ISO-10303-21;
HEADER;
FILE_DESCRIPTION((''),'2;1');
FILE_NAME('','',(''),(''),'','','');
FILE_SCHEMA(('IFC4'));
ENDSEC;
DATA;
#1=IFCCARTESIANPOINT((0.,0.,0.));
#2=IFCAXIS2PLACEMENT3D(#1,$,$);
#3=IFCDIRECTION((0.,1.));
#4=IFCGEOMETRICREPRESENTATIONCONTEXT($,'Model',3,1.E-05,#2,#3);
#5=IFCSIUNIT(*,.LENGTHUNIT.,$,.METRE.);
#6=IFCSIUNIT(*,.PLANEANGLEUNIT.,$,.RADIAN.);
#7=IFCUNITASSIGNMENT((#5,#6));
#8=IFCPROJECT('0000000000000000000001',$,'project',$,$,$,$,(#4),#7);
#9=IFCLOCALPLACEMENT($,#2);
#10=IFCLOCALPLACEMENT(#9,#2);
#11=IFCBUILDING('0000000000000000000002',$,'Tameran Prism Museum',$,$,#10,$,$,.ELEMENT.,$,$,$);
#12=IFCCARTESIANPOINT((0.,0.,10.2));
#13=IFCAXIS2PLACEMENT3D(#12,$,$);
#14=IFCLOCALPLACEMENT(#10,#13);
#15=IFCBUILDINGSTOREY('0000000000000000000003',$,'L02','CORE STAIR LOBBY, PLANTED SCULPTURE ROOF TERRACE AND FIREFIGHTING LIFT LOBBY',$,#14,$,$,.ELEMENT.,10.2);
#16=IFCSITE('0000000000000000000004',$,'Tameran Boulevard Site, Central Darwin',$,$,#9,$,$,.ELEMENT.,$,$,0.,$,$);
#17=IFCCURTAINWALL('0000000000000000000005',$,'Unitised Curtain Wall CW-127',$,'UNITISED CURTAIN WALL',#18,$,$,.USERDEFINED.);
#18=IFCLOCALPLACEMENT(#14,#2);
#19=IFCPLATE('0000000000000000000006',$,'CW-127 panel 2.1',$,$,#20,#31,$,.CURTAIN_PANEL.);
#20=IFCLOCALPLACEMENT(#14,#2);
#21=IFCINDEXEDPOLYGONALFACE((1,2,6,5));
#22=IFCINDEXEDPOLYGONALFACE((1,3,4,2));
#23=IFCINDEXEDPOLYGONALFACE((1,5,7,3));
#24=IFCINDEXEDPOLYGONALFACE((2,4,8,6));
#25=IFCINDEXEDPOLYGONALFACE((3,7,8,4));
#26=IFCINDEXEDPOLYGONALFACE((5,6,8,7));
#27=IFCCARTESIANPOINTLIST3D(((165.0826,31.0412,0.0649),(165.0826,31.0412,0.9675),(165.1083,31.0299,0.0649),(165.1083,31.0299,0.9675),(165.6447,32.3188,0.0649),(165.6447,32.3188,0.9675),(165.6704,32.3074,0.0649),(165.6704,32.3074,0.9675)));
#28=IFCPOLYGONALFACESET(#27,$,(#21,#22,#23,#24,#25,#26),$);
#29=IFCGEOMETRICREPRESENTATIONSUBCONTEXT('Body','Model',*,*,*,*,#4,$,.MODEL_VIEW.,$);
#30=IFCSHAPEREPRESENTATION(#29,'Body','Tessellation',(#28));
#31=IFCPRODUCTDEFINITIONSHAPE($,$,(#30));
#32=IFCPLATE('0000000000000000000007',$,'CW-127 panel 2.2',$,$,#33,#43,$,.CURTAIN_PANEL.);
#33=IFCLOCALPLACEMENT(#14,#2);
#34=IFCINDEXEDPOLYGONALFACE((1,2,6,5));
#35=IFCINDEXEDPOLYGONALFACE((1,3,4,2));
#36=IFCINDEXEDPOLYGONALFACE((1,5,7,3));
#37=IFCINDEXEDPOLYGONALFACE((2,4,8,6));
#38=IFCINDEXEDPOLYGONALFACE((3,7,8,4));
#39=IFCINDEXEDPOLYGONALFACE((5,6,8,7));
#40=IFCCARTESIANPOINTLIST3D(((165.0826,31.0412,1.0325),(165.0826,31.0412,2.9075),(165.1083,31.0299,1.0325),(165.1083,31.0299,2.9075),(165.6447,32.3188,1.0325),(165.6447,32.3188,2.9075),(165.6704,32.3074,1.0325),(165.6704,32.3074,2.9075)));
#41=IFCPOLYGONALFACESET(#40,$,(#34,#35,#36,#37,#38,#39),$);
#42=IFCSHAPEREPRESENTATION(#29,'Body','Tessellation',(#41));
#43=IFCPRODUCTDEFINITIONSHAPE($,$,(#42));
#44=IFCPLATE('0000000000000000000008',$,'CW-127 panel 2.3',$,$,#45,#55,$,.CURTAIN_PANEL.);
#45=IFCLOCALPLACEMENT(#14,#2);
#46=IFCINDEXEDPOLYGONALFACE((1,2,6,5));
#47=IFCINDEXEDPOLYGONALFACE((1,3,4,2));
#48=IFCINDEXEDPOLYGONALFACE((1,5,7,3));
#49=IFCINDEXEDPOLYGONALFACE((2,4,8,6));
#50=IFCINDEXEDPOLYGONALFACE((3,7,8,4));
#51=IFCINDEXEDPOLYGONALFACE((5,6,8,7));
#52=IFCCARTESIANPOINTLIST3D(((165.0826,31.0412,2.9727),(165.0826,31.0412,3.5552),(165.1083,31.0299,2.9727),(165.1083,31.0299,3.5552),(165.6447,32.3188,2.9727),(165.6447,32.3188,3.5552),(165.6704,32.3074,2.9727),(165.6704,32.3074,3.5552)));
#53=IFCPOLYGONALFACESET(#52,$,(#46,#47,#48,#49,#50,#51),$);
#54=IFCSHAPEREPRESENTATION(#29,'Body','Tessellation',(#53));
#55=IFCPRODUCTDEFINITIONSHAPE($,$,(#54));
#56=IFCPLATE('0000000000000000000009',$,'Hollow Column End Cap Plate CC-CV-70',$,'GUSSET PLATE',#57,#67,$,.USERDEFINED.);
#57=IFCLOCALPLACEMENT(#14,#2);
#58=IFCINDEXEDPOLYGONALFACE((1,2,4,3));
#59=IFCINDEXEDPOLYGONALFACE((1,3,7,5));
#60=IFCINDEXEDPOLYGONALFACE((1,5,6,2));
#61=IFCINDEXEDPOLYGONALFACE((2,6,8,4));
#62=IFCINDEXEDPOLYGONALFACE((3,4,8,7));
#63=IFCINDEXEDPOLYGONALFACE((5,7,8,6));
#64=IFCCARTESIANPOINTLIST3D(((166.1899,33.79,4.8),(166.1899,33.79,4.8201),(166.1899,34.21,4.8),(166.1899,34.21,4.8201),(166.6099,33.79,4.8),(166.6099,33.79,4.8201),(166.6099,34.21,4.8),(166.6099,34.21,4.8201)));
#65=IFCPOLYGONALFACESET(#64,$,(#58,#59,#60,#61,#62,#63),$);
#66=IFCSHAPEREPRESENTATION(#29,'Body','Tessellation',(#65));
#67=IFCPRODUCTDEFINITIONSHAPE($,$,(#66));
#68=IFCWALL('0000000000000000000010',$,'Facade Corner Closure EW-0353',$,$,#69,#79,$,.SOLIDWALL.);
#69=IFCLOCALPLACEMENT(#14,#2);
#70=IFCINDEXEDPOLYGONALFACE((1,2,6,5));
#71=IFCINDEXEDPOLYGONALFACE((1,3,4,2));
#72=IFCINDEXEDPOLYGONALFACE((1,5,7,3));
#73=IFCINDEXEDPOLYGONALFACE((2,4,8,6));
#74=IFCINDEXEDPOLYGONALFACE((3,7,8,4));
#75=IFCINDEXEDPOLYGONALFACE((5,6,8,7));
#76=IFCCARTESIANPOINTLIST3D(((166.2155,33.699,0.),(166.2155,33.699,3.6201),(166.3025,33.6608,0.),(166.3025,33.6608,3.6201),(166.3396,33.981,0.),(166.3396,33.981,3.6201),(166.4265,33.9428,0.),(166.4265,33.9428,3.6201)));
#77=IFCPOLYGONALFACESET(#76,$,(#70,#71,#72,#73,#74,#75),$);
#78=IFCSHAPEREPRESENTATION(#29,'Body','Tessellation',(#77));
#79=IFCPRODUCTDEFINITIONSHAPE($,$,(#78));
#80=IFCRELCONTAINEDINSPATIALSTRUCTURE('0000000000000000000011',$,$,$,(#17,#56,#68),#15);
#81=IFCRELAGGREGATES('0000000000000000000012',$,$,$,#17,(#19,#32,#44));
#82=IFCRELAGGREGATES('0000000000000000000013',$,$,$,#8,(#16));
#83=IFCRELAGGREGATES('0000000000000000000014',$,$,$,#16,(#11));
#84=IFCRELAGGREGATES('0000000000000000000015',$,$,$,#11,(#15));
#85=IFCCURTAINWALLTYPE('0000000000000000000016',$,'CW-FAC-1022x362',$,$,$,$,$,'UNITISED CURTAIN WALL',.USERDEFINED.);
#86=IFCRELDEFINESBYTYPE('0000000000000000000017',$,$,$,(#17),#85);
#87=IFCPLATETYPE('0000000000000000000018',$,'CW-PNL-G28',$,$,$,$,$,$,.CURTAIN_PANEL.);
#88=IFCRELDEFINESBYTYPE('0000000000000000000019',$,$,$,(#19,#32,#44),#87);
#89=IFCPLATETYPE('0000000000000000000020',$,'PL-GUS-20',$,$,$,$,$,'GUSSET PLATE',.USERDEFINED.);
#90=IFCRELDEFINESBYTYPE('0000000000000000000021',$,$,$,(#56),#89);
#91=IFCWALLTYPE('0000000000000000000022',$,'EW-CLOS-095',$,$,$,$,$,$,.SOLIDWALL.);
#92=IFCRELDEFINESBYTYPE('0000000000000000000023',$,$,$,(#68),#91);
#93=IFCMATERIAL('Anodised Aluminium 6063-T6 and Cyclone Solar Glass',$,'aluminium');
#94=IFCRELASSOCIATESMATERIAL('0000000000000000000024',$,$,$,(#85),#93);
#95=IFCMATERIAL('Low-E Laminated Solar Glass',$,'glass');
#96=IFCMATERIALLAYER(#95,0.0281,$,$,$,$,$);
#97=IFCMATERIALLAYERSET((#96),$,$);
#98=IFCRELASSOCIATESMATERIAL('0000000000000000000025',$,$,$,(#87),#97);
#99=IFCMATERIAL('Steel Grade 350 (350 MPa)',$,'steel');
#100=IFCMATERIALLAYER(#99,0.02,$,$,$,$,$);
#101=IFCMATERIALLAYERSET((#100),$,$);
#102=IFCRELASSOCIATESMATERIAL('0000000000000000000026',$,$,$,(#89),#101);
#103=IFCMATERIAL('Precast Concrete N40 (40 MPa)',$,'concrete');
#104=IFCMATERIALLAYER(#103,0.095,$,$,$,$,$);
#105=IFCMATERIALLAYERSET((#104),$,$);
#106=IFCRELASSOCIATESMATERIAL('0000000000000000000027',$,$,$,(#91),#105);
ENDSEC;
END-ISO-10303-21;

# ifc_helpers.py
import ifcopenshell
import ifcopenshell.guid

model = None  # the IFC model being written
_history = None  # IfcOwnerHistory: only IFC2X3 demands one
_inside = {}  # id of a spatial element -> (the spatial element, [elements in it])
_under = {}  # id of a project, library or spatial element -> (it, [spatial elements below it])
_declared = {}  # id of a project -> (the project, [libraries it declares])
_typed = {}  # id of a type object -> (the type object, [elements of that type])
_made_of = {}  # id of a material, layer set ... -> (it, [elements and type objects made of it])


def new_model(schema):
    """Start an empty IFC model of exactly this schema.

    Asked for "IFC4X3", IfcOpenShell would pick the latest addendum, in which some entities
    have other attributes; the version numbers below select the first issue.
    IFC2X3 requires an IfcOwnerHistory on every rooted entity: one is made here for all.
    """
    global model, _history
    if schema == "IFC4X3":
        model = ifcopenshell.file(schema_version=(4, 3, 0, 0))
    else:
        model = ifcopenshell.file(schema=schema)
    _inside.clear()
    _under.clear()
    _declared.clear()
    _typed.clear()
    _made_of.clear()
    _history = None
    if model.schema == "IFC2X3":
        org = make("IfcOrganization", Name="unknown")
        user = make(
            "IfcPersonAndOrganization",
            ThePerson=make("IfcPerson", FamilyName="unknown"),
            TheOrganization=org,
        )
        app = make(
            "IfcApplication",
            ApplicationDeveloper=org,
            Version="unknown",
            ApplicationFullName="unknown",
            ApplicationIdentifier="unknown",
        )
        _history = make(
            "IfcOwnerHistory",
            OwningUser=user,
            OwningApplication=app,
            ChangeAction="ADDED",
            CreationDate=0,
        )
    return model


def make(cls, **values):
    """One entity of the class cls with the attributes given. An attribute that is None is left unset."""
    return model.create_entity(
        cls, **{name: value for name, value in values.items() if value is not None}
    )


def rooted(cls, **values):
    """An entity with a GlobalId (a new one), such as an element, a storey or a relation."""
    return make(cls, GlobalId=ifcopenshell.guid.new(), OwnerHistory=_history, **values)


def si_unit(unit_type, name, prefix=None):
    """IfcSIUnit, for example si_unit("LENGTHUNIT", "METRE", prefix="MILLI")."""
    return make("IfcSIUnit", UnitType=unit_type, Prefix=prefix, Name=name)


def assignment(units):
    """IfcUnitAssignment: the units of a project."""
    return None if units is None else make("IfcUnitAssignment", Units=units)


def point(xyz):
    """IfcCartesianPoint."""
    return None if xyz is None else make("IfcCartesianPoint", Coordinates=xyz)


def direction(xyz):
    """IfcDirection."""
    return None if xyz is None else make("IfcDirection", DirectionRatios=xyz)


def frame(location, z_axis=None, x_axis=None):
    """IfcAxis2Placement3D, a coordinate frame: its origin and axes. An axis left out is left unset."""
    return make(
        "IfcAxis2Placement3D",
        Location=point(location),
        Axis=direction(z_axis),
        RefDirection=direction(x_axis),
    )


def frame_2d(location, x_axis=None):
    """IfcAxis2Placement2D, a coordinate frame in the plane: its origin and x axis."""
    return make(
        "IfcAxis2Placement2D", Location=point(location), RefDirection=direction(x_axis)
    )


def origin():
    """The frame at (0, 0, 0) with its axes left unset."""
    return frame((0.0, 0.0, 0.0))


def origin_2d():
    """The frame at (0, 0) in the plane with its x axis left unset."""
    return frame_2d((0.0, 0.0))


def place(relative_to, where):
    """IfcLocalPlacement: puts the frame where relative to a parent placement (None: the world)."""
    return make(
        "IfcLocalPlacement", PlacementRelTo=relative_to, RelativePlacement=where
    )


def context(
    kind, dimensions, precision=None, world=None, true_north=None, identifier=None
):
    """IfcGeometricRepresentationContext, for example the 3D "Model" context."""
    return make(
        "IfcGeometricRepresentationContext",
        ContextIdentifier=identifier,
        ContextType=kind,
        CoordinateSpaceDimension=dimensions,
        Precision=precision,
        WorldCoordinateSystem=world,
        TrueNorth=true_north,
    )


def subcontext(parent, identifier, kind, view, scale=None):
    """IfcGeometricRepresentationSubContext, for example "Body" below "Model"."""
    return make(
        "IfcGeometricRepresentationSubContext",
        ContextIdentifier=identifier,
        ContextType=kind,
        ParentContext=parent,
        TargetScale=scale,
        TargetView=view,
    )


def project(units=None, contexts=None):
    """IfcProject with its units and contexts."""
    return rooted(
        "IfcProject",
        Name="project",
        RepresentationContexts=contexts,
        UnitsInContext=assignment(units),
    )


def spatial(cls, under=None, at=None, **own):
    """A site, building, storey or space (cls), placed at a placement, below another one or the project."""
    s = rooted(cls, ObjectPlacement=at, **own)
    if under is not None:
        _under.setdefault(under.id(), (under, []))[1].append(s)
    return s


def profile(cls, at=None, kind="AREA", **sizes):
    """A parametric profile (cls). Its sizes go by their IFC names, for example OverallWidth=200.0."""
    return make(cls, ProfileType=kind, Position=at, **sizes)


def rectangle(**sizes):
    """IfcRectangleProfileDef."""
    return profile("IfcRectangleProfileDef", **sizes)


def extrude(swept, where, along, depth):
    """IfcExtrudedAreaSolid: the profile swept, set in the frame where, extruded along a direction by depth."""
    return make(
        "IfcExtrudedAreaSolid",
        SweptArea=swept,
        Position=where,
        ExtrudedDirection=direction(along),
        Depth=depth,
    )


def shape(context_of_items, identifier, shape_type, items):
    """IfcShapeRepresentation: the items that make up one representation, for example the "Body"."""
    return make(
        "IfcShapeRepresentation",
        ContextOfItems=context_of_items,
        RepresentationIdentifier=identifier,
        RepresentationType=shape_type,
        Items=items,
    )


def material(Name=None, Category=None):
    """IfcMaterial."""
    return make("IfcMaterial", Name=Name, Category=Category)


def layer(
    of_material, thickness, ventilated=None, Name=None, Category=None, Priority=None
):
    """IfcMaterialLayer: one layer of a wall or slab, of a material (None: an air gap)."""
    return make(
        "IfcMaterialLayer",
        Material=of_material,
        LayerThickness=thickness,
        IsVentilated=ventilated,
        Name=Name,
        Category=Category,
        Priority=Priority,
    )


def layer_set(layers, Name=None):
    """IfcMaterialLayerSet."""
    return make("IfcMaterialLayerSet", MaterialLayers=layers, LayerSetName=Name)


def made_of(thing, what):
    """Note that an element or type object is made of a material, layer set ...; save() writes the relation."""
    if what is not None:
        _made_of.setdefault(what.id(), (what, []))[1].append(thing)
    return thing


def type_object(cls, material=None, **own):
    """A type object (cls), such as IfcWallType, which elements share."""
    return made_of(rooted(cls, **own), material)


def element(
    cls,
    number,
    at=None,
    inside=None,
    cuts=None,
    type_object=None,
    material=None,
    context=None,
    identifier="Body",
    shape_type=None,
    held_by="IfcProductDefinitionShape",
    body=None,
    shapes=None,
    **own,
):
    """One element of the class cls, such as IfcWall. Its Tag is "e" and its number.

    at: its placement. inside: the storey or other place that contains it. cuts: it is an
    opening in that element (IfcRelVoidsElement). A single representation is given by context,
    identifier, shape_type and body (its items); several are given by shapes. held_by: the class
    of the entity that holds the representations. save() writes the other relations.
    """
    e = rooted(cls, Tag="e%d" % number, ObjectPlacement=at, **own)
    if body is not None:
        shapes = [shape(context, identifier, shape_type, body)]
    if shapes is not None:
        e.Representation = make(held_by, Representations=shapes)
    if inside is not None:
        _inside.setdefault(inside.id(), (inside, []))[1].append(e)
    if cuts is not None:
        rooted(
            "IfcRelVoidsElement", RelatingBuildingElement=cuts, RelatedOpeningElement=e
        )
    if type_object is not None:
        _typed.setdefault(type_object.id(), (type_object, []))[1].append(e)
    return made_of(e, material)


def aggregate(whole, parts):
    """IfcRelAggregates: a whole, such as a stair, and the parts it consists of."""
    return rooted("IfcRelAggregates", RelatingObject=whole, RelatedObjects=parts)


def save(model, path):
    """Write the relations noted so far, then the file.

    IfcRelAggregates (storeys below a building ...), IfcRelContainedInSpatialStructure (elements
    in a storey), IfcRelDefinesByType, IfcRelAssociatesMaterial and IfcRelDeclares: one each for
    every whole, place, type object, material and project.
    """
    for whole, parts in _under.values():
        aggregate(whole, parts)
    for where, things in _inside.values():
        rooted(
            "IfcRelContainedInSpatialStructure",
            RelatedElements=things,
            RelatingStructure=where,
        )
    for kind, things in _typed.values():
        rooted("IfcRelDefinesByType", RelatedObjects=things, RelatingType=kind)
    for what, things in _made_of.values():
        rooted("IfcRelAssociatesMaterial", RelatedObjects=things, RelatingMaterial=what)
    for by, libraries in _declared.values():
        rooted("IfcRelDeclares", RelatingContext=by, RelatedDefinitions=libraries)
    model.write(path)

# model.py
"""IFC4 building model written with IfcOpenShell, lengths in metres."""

from ifc_helpers import new_model, si_unit, direction, frame, frame_2d, origin, origin_2d, place, context, subcontext, project, spatial, rectangle, extrude, material, layer, layer_set, type_object, element, aggregate, save


model = new_model("IFC4")

# Units and contexts
model_context = context("Model", 3, precision=1e-05, world=origin(), true_north=direction((0.0, 1.0)))
body_context = subcontext(model_context, "Body", "Model", "MODEL_VIEW")
ifc_project = project(units=[si_unit("LENGTHUNIT", "METRE"), si_unit("PLANEANGLEUNIT", "RADIAN")], contexts=[model_context])

# Site, building, storey
site_placement = place(None, origin())
site = spatial("IfcSite", under=ifc_project, at=site_placement, Name="Tameran Boulevard Site, Central Darwin", CompositionType="ELEMENT", RefElevation=0.0)
building_placement = place(site_placement, origin())
building = spatial("IfcBuilding", under=site, at=building_placement, Name="Tameran Prism Museum", CompositionType="ELEMENT")
storey_placement = place(building_placement, frame((0.0, 0.0, 10.2)))
storey = spatial("IfcBuildingStorey", under=building, at=storey_placement, Name="L02", Description="CORE STAIR LOBBY, PLANTED SCULPTURE ROOF TERRACE AND FIREFIGHTING LIFT LOBBY", CompositionType="ELEMENT", Elevation=10.2)

# Curtain wall, plates
ifc_material_1 = material(Name="Anodised Aluminium 6063-T6 and Cyclone Solar Glass", Category="aluminium")
curtain_wall_type = type_object("IfcCurtainWallType", Name="CW-FAC-1022x362", ElementType="UNITISED CURTAIN WALL", PredefinedType="USERDEFINED", material=ifc_material_1)
curtain_wall_placement = place(storey_placement, origin())
curtain_wall = element("IfcCurtainWall", 1, at=curtain_wall_placement, inside=storey, type_object=curtain_wall_type, Name="Unitised Curtain Wall CW-127", ObjectType="UNITISED CURTAIN WALL", PredefinedType="USERDEFINED")
ifc_material_2 = material(Name="Low-E Laminated Solar Glass", Category="glass")
ifc_layer_1 = layer(ifc_material_2, 0.0281)
ifc_layer_set_1 = layer_set([ifc_layer_1])
plate_type_1 = type_object("IfcPlateType", Name="CW-PNL-G28", PredefinedType="CURTAIN_PANEL", material=ifc_layer_set_1)
plate_1_placement = place(storey_placement, frame((165.3765, 31.6743, 0.0649), z_axis=(0.0, 0.0, 1.0), x_axis=(-0.402706, -0.915329, 0.0)))
plate_1 = element("IfcPlate", 2, at=plate_1_placement, type_object=plate_type_1, Name="CW-127 panel 2.1", PredefinedType="CURTAIN_PANEL", context=body_context, shape_type="SweptSolid", body=[
    extrude(rectangle(XDim=1.3958, YDim=0.0281, at=origin_2d()), origin(), (0.0, 0.0, 1.0), 0.9026),
])
plate_2_placement = place(storey_placement, frame((165.3765, 31.6743, 1.0325), z_axis=(0.0, 0.0, 1.0), x_axis=(-0.402706, -0.915329, 0.0)))
plate_2 = element("IfcPlate", 3, at=plate_2_placement, type_object=plate_type_1, Name="CW-127 panel 2.2", PredefinedType="CURTAIN_PANEL", context=body_context, shape_type="SweptSolid", body=[
    extrude(rectangle(XDim=1.3958, YDim=0.0281, at=origin_2d()), origin(), (0.0, 0.0, 1.0), 1.875),
])
plate_3_placement = place(storey_placement, frame((165.3765, 31.6743, 2.9727), z_axis=(0.0, 0.0, 1.0), x_axis=(-0.402706, -0.915329, 0.0)))
plate_3 = element("IfcPlate", 4, at=plate_3_placement, type_object=plate_type_1, Name="CW-127 panel 2.3", PredefinedType="CURTAIN_PANEL", context=body_context, shape_type="SweptSolid", body=[
    extrude(rectangle(XDim=1.3958, YDim=0.0281, at=origin_2d()), origin(), (0.0, 0.0, 1.0), 0.5825),
])
aggregate(curtain_wall, [plate_1, plate_2, plate_3])

# Plate
ifc_material_3 = material(Name="Steel Grade 350 (350 MPa)", Category="steel")
ifc_layer_2 = layer(ifc_material_3, 0.02)
ifc_layer_set_2 = layer_set([ifc_layer_2])
plate_type_2 = type_object("IfcPlateType", Name="PL-GUS-20", ElementType="GUSSET PLATE", PredefinedType="USERDEFINED", material=ifc_layer_set_2)
plate_4_placement = place(storey_placement, frame((166.3999, 34.0, 4.8), z_axis=(0.0, 0.0, 1.0), x_axis=(1.0, 0.0, 0.0)))
element("IfcPlate", 5, at=plate_4_placement, inside=storey, type_object=plate_type_2, Name="Hollow Column End Cap Plate CC-CV-70", ObjectType="GUSSET PLATE", PredefinedType="USERDEFINED", context=body_context, shape_type="SweptSolid", body=[
    extrude(rectangle(XDim=0.4199, YDim=0.4199, at=origin_2d()), origin(), (0.0, 0.0, 1.0), 0.02),
])

# Wall
ifc_material_4 = material(Name="Precast Concrete N40 (40 MPa)", Category="concrete")
ifc_layer_3 = layer(ifc_material_4, 0.095)
ifc_layer_set_3 = layer_set([ifc_layer_3])
wall_type = type_object("IfcWallType", Name="EW-CLOS-095", PredefinedType="SOLIDWALL", material=ifc_layer_set_3)
wall_placement = place(storey_placement, frame((166.3831, 33.9619, 0.0), z_axis=(0.0, 0.0, 1.0), x_axis=(-0.402606, -0.915373, 0.0)))
element("IfcWall", 6, at=wall_placement, inside=storey, type_object=wall_type, Name="Facade Corner Closure EW-0353", PredefinedType="SOLIDWALL", context=body_context, shape_type="SweptSolid", body=[
    extrude(rectangle(XDim=0.3081, YDim=0.095, at=frame_2d((0.1541, 0.0))), origin(), (0.0, 0.0, 1.0), 3.6201),
])

save(model, "model.ifc")
